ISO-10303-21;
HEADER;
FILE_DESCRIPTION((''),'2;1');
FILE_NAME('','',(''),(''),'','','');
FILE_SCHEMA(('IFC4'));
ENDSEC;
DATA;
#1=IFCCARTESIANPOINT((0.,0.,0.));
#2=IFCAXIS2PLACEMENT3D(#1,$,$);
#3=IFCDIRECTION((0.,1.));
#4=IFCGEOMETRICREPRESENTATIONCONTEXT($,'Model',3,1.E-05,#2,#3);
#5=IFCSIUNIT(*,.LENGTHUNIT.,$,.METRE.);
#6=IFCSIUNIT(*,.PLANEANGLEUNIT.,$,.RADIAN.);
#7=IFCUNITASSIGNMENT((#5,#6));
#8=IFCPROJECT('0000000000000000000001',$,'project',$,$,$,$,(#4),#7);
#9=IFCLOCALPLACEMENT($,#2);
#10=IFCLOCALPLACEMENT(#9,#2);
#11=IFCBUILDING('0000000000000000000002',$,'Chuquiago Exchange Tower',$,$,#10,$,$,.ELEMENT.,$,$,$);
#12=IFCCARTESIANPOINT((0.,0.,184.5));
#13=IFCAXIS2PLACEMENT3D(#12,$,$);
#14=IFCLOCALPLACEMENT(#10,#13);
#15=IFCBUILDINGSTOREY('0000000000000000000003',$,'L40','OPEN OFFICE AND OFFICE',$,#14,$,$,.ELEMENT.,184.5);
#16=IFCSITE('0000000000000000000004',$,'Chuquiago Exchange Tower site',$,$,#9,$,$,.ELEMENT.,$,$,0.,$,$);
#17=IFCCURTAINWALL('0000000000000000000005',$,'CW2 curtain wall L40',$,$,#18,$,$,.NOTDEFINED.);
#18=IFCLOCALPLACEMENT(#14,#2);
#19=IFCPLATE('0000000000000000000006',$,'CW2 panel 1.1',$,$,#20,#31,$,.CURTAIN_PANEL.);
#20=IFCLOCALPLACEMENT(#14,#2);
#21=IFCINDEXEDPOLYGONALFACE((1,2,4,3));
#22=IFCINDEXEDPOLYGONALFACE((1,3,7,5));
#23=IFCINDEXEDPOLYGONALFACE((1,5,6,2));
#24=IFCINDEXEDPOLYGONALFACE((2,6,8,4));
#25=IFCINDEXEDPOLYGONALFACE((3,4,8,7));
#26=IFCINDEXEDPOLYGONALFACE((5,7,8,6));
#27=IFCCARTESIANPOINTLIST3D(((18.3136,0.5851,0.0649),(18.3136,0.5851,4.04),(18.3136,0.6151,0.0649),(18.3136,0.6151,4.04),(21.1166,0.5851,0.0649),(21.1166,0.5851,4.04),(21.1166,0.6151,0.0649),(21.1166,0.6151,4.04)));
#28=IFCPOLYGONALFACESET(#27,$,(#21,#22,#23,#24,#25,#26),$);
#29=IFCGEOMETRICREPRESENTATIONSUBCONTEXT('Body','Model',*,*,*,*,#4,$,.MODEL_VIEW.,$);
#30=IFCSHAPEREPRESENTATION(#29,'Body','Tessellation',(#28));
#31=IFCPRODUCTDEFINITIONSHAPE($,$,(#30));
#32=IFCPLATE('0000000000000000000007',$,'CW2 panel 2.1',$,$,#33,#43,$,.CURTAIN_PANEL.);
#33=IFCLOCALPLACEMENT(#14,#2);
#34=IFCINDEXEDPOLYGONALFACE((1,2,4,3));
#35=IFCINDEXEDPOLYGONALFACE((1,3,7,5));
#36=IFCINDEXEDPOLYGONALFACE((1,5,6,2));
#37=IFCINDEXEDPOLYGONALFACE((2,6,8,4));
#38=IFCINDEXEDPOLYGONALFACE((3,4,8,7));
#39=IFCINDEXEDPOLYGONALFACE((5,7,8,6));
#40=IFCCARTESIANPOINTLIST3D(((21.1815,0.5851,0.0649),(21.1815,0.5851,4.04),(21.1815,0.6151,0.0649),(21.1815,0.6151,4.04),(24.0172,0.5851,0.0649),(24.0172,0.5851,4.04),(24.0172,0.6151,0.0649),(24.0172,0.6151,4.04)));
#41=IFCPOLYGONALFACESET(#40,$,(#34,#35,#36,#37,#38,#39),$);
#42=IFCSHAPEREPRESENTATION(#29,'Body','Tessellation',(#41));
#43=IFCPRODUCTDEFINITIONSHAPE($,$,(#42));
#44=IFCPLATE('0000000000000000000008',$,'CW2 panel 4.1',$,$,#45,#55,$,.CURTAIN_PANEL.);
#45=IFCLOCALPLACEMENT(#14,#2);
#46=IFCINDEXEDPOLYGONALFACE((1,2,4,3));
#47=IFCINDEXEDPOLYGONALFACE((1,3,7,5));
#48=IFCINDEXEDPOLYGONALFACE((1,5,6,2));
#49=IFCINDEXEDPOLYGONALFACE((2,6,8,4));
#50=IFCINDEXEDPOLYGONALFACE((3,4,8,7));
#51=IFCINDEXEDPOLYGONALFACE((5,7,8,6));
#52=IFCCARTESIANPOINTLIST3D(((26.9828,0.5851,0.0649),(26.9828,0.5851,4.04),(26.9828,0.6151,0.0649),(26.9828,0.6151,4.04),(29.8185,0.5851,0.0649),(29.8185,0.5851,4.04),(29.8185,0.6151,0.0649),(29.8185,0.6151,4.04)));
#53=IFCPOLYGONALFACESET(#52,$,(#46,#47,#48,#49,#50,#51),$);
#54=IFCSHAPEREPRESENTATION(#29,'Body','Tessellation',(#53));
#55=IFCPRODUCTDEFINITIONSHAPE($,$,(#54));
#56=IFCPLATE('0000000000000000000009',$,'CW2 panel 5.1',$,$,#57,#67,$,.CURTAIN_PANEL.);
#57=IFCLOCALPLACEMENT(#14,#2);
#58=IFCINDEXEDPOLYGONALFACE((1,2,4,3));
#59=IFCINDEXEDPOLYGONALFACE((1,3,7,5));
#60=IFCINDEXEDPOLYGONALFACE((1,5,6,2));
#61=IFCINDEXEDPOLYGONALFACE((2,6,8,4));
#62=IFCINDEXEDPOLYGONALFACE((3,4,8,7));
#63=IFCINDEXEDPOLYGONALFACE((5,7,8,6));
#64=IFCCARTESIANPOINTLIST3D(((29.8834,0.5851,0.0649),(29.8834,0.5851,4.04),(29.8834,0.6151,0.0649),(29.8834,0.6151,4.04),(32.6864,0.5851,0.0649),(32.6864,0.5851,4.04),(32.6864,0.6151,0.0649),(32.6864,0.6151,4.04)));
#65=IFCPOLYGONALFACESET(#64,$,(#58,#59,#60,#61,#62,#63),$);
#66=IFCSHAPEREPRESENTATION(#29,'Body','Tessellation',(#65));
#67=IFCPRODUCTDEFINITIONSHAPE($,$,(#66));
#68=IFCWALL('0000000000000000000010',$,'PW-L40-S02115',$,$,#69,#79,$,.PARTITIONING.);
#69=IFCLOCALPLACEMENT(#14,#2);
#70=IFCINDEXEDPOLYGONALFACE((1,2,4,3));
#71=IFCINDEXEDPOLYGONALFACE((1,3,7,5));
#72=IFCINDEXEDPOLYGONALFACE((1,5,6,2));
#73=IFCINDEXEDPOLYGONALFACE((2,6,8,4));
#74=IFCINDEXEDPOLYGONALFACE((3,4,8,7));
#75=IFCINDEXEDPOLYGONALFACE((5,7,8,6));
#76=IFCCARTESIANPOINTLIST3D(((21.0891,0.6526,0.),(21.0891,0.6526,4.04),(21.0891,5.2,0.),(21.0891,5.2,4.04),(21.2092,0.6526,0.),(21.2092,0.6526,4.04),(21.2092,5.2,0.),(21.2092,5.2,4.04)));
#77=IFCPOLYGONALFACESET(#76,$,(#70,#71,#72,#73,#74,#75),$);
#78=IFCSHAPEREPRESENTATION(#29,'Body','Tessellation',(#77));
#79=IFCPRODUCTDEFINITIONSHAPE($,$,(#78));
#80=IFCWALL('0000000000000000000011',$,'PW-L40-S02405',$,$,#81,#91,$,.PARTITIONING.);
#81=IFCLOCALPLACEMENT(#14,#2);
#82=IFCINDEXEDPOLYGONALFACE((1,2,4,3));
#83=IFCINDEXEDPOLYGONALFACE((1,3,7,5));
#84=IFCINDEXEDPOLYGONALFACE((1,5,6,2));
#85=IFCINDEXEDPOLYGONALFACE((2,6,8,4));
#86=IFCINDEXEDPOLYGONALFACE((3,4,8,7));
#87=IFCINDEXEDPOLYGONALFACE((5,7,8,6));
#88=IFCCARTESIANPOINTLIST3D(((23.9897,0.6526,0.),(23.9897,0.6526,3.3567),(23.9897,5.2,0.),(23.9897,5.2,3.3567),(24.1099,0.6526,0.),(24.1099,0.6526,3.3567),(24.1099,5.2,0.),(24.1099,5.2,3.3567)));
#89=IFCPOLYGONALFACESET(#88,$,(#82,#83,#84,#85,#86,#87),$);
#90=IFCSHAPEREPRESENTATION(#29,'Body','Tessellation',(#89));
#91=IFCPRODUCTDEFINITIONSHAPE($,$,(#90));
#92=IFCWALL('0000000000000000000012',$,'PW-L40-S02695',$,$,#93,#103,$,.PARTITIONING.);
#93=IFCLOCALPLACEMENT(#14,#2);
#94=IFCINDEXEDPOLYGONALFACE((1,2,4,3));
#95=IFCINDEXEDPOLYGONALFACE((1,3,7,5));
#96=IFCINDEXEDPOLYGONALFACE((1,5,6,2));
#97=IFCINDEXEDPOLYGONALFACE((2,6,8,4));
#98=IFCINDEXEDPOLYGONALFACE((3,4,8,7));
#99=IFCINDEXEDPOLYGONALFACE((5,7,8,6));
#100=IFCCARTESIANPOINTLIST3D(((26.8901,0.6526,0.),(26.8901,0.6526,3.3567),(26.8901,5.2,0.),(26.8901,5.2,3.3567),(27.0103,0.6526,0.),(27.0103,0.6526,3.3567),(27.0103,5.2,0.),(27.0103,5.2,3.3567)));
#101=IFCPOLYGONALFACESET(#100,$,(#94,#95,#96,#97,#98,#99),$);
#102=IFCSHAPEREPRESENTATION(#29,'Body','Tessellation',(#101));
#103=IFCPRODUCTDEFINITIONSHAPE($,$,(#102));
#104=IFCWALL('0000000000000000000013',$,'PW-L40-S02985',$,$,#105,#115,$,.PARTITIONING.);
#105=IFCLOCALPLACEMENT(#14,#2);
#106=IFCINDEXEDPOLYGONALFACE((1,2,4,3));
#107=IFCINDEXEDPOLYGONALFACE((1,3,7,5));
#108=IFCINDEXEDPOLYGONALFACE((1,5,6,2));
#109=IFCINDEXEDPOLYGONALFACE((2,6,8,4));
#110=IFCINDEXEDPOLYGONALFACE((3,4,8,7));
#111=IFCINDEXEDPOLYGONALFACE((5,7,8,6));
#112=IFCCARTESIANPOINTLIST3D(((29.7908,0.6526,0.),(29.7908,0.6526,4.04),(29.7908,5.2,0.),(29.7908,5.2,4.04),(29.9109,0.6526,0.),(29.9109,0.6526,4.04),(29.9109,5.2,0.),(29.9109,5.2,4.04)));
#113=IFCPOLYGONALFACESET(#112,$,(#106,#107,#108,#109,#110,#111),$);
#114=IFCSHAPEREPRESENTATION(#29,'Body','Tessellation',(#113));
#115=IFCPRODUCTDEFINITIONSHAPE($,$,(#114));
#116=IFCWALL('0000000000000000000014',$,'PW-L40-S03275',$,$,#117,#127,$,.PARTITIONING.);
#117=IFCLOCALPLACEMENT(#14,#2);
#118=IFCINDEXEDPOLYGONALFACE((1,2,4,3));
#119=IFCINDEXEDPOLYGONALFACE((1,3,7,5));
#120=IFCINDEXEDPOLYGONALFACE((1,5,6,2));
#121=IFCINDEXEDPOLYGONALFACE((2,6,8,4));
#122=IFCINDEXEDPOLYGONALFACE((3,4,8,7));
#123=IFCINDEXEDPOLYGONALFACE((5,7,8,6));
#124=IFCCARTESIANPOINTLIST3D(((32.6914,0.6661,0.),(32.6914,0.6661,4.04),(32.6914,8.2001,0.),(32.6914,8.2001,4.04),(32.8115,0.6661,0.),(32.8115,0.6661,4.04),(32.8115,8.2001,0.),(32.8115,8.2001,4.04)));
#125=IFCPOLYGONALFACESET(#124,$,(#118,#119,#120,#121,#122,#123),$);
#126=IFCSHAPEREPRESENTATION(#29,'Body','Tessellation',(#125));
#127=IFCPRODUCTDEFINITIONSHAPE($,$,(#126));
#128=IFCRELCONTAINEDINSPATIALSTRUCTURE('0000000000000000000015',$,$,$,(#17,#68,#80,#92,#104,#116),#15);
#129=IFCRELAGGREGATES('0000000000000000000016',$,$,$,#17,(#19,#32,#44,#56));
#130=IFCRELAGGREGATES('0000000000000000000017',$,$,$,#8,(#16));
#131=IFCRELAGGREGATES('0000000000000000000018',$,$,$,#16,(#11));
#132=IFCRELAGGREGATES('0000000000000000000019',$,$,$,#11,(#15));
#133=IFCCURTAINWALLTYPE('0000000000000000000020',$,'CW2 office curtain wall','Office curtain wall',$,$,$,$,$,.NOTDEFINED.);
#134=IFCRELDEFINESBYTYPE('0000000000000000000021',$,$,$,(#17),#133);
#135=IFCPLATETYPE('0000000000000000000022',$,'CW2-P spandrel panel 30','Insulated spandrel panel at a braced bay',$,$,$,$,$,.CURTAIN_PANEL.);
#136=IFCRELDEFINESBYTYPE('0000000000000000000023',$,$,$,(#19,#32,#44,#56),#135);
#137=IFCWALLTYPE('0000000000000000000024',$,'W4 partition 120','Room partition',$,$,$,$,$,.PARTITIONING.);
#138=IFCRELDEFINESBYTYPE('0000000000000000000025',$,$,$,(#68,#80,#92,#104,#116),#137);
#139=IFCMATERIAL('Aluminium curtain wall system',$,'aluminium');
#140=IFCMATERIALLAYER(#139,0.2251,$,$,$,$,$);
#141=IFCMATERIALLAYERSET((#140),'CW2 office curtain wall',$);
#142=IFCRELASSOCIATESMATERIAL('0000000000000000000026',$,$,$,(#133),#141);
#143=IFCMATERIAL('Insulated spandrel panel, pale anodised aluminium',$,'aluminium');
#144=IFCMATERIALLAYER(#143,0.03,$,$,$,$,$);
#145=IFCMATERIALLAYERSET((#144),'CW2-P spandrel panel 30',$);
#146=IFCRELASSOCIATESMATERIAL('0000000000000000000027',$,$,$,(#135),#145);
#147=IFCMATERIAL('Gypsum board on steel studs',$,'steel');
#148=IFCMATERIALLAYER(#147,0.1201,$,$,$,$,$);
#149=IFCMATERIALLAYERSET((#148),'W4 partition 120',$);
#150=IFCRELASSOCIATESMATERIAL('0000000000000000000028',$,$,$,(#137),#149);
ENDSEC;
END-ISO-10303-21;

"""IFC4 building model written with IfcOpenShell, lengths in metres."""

from ifc_helpers import new_model, si_unit, direction, frame, frame_2d, origin, origin_2d, place, context, subcontext, project, spatial, rectangle, extrude, material, layer, layer_set, type_object, element, aggregate, save


model = new_model("IFC4")

# Units and contexts
model_context = context("Model", 3, precision=1e-05, world=origin(), true_north=direction((0.0, 1.0)))
body_context = subcontext(model_context, "Body", "Model", "MODEL_VIEW")
ifc_project = project(units=[si_unit("LENGTHUNIT", "METRE"), si_unit("PLANEANGLEUNIT", "RADIAN")], contexts=[model_context])

# Site, building, storey
site_placement = place(None, origin())
site = spatial("IfcSite", under=ifc_project, at=site_placement, Name="Chuquiago Exchange Tower site", CompositionType="ELEMENT", RefElevation=0.0)
building_placement = place(site_placement, origin())
building = spatial("IfcBuilding", under=site, at=building_placement, Name="Chuquiago Exchange Tower", CompositionType="ELEMENT")
storey_placement = place(building_placement, frame((0.0, 0.0, 184.5)))
storey = spatial("IfcBuildingStorey", under=building, at=storey_placement, Name="L40", Description="OPEN OFFICE AND OFFICE", CompositionType="ELEMENT", Elevation=184.5)

# Curtain wall
ifc_material_1 = material(Name="Aluminium curtain wall system", Category="aluminium")
ifc_layer_1 = layer(ifc_material_1, 0.2251)
ifc_layer_set_1 = layer_set([ifc_layer_1], Name="CW2 office curtain wall")
curtain_wall_type = type_object("IfcCurtainWallType", Name="CW2 office curtain wall", Description="Office curtain wall", PredefinedType="NOTDEFINED", material=ifc_layer_set_1)
curtain_wall_placement = place(storey_placement, origin())
curtain_wall = element("IfcCurtainWall", 1, at=curtain_wall_placement, inside=storey, type_object=curtain_wall_type, Name="CW2 curtain wall L40", PredefinedType="NOTDEFINED")

# Plates
ifc_material_2 = material(Name="Insulated spandrel panel, pale anodised aluminium", Category="aluminium")
ifc_layer_2 = layer(ifc_material_2, 0.03)
ifc_layer_set_2 = layer_set([ifc_layer_2], Name="CW2-P spandrel panel 30")
plate_type_1 = type_object("IfcPlateType", Name="CW2-P spandrel panel 30", Description="Insulated spandrel panel at a braced bay", PredefinedType="CURTAIN_PANEL", material=ifc_layer_set_2)
plate_1_placement = place(storey_placement, frame((19.7151, 0.6001, 0.0649), z_axis=(0.0, 0.0, 1.0), x_axis=(1.0, 0.0, 0.0)))
plate_1 = element("IfcPlate", 2, at=plate_1_placement, type_object=plate_type_1, Name="CW2 panel 1.1", PredefinedType="CURTAIN_PANEL", context=body_context, shape_type="SweptSolid", body=[
    extrude(rectangle(XDim=2.803, YDim=0.03, at=origin_2d()), origin(), (0.0, 0.0, 1.0), 3.9751),
])
plate_2_placement = place(storey_placement, frame((22.5994, 0.6001, 0.0649), z_axis=(0.0, 0.0, 1.0), x_axis=(1.0, 0.0, 0.0)))
plate_2 = element("IfcPlate", 3, at=plate_2_placement, type_object=plate_type_1, Name="CW2 panel 2.1", PredefinedType="CURTAIN_PANEL", context=body_context, shape_type="SweptSolid", body=[
    extrude(rectangle(XDim=2.8357, YDim=0.03, at=origin_2d()), origin(), (0.0, 0.0, 1.0), 3.9751),
])
plate_3_placement = place(storey_placement, frame((28.4006, 0.6001, 0.0649), z_axis=(0.0, 0.0, 1.0), x_axis=(1.0, 0.0, 0.0)))
plate_3 = element("IfcPlate", 4, at=plate_3_placement, type_object=plate_type_1, Name="CW2 panel 4.1", PredefinedType="CURTAIN_PANEL", context=body_context, shape_type="SweptSolid", body=[
    extrude(rectangle(XDim=2.8357, YDim=0.03, at=origin_2d()), origin(), (0.0, 0.0, 1.0), 3.9751),
])
plate_4_placement = place(storey_placement, frame((31.2849, 0.6001, 0.0649), z_axis=(0.0, 0.0, 1.0), x_axis=(1.0, 0.0, 0.0)))
plate_4 = element("IfcPlate", 5, at=plate_4_placement, type_object=plate_type_1, Name="CW2 panel 5.1", PredefinedType="CURTAIN_PANEL", context=body_context, shape_type="SweptSolid", body=[
    extrude(rectangle(XDim=2.803, YDim=0.03, at=origin_2d()), origin(), (0.0, 0.0, 1.0), 3.9751),
])
aggregate(curtain_wall, [plate_1, plate_2, plate_3, plate_4])

# Walls
ifc_material_3 = material(Name="Gypsum board on steel studs", Category="steel")
ifc_layer_3 = layer(ifc_material_3, 0.1201)
ifc_layer_set_3 = layer_set([ifc_layer_3], Name="W4 partition 120")
wall_type = type_object("IfcWallType", Name="W4 partition 120", Description="Room partition", PredefinedType="PARTITIONING", material=ifc_layer_set_3)
wall_1_placement = place(storey_placement, frame((21.1492, 0.6526, 0.0), z_axis=(0.0, 0.0, 1.0), x_axis=(0.0, 1.0, 0.0)))
element("IfcWall", 6, at=wall_1_placement, inside=storey, type_object=wall_type, Name="PW-L40-S02115", PredefinedType="PARTITIONING", context=body_context, shape_type="SweptSolid", body=[
    extrude(rectangle(XDim=4.5474, YDim=0.1201, at=frame_2d((2.2737, 0.0))), origin(), (0.0, 0.0, 1.0), 4.04),
])
for number, where, z_axis, x_axis, name in (
    (7, (24.0498, 0.6526, 0.0), (0.0, 0.0, 1.0), (0.0, 1.0, 0.0), "PW-L40-S02405"),
    (8, (26.9502, 0.6526, 0.0), (0.0, 0.0, 1.0), (0.0, 1.0, 0.0), "PW-L40-S02695"),
):
    element("IfcWall", number, at=place(storey_placement, frame(where, z_axis=z_axis, x_axis=x_axis)), inside=storey, type_object=wall_type, Name=name, PredefinedType="PARTITIONING", context=body_context, shape_type="SweptSolid", body=[
        extrude(rectangle(XDim=4.5474, YDim=0.1201, at=frame_2d((2.2737, 0.0))), origin(), (0.0, 0.0, 1.0), 3.3567),
    ])
wall_2_placement = place(storey_placement, frame((29.8508, 0.6526, 0.0), z_axis=(0.0, 0.0, 1.0), x_axis=(0.0, 1.0, 0.0)))
element("IfcWall", 9, at=wall_2_placement, inside=storey, type_object=wall_type, Name="PW-L40-S02985", PredefinedType="PARTITIONING", context=body_context, shape_type="SweptSolid", body=[
    extrude(rectangle(XDim=4.5474, YDim=0.1201, at=frame_2d((2.2737, 0.0))), origin(), (0.0, 0.0, 1.0), 4.04),
])
wall_3_placement = place(storey_placement, frame((32.7515, 0.666, 0.0), z_axis=(0.0, 0.0, 1.0), x_axis=(0.0, 1.0, 0.0)))
element("IfcWall", 10, at=wall_3_placement, inside=storey, type_object=wall_type, Name="PW-L40-S03275", PredefinedType="PARTITIONING", context=body_context, shape_type="SweptSolid", body=[
    extrude(rectangle(XDim=7.5339, YDim=0.1201, at=frame_2d((3.7671, 0.0))), origin(), (0.0, 0.0, 1.0), 4.04),
])

save(model, "model.ifc")
